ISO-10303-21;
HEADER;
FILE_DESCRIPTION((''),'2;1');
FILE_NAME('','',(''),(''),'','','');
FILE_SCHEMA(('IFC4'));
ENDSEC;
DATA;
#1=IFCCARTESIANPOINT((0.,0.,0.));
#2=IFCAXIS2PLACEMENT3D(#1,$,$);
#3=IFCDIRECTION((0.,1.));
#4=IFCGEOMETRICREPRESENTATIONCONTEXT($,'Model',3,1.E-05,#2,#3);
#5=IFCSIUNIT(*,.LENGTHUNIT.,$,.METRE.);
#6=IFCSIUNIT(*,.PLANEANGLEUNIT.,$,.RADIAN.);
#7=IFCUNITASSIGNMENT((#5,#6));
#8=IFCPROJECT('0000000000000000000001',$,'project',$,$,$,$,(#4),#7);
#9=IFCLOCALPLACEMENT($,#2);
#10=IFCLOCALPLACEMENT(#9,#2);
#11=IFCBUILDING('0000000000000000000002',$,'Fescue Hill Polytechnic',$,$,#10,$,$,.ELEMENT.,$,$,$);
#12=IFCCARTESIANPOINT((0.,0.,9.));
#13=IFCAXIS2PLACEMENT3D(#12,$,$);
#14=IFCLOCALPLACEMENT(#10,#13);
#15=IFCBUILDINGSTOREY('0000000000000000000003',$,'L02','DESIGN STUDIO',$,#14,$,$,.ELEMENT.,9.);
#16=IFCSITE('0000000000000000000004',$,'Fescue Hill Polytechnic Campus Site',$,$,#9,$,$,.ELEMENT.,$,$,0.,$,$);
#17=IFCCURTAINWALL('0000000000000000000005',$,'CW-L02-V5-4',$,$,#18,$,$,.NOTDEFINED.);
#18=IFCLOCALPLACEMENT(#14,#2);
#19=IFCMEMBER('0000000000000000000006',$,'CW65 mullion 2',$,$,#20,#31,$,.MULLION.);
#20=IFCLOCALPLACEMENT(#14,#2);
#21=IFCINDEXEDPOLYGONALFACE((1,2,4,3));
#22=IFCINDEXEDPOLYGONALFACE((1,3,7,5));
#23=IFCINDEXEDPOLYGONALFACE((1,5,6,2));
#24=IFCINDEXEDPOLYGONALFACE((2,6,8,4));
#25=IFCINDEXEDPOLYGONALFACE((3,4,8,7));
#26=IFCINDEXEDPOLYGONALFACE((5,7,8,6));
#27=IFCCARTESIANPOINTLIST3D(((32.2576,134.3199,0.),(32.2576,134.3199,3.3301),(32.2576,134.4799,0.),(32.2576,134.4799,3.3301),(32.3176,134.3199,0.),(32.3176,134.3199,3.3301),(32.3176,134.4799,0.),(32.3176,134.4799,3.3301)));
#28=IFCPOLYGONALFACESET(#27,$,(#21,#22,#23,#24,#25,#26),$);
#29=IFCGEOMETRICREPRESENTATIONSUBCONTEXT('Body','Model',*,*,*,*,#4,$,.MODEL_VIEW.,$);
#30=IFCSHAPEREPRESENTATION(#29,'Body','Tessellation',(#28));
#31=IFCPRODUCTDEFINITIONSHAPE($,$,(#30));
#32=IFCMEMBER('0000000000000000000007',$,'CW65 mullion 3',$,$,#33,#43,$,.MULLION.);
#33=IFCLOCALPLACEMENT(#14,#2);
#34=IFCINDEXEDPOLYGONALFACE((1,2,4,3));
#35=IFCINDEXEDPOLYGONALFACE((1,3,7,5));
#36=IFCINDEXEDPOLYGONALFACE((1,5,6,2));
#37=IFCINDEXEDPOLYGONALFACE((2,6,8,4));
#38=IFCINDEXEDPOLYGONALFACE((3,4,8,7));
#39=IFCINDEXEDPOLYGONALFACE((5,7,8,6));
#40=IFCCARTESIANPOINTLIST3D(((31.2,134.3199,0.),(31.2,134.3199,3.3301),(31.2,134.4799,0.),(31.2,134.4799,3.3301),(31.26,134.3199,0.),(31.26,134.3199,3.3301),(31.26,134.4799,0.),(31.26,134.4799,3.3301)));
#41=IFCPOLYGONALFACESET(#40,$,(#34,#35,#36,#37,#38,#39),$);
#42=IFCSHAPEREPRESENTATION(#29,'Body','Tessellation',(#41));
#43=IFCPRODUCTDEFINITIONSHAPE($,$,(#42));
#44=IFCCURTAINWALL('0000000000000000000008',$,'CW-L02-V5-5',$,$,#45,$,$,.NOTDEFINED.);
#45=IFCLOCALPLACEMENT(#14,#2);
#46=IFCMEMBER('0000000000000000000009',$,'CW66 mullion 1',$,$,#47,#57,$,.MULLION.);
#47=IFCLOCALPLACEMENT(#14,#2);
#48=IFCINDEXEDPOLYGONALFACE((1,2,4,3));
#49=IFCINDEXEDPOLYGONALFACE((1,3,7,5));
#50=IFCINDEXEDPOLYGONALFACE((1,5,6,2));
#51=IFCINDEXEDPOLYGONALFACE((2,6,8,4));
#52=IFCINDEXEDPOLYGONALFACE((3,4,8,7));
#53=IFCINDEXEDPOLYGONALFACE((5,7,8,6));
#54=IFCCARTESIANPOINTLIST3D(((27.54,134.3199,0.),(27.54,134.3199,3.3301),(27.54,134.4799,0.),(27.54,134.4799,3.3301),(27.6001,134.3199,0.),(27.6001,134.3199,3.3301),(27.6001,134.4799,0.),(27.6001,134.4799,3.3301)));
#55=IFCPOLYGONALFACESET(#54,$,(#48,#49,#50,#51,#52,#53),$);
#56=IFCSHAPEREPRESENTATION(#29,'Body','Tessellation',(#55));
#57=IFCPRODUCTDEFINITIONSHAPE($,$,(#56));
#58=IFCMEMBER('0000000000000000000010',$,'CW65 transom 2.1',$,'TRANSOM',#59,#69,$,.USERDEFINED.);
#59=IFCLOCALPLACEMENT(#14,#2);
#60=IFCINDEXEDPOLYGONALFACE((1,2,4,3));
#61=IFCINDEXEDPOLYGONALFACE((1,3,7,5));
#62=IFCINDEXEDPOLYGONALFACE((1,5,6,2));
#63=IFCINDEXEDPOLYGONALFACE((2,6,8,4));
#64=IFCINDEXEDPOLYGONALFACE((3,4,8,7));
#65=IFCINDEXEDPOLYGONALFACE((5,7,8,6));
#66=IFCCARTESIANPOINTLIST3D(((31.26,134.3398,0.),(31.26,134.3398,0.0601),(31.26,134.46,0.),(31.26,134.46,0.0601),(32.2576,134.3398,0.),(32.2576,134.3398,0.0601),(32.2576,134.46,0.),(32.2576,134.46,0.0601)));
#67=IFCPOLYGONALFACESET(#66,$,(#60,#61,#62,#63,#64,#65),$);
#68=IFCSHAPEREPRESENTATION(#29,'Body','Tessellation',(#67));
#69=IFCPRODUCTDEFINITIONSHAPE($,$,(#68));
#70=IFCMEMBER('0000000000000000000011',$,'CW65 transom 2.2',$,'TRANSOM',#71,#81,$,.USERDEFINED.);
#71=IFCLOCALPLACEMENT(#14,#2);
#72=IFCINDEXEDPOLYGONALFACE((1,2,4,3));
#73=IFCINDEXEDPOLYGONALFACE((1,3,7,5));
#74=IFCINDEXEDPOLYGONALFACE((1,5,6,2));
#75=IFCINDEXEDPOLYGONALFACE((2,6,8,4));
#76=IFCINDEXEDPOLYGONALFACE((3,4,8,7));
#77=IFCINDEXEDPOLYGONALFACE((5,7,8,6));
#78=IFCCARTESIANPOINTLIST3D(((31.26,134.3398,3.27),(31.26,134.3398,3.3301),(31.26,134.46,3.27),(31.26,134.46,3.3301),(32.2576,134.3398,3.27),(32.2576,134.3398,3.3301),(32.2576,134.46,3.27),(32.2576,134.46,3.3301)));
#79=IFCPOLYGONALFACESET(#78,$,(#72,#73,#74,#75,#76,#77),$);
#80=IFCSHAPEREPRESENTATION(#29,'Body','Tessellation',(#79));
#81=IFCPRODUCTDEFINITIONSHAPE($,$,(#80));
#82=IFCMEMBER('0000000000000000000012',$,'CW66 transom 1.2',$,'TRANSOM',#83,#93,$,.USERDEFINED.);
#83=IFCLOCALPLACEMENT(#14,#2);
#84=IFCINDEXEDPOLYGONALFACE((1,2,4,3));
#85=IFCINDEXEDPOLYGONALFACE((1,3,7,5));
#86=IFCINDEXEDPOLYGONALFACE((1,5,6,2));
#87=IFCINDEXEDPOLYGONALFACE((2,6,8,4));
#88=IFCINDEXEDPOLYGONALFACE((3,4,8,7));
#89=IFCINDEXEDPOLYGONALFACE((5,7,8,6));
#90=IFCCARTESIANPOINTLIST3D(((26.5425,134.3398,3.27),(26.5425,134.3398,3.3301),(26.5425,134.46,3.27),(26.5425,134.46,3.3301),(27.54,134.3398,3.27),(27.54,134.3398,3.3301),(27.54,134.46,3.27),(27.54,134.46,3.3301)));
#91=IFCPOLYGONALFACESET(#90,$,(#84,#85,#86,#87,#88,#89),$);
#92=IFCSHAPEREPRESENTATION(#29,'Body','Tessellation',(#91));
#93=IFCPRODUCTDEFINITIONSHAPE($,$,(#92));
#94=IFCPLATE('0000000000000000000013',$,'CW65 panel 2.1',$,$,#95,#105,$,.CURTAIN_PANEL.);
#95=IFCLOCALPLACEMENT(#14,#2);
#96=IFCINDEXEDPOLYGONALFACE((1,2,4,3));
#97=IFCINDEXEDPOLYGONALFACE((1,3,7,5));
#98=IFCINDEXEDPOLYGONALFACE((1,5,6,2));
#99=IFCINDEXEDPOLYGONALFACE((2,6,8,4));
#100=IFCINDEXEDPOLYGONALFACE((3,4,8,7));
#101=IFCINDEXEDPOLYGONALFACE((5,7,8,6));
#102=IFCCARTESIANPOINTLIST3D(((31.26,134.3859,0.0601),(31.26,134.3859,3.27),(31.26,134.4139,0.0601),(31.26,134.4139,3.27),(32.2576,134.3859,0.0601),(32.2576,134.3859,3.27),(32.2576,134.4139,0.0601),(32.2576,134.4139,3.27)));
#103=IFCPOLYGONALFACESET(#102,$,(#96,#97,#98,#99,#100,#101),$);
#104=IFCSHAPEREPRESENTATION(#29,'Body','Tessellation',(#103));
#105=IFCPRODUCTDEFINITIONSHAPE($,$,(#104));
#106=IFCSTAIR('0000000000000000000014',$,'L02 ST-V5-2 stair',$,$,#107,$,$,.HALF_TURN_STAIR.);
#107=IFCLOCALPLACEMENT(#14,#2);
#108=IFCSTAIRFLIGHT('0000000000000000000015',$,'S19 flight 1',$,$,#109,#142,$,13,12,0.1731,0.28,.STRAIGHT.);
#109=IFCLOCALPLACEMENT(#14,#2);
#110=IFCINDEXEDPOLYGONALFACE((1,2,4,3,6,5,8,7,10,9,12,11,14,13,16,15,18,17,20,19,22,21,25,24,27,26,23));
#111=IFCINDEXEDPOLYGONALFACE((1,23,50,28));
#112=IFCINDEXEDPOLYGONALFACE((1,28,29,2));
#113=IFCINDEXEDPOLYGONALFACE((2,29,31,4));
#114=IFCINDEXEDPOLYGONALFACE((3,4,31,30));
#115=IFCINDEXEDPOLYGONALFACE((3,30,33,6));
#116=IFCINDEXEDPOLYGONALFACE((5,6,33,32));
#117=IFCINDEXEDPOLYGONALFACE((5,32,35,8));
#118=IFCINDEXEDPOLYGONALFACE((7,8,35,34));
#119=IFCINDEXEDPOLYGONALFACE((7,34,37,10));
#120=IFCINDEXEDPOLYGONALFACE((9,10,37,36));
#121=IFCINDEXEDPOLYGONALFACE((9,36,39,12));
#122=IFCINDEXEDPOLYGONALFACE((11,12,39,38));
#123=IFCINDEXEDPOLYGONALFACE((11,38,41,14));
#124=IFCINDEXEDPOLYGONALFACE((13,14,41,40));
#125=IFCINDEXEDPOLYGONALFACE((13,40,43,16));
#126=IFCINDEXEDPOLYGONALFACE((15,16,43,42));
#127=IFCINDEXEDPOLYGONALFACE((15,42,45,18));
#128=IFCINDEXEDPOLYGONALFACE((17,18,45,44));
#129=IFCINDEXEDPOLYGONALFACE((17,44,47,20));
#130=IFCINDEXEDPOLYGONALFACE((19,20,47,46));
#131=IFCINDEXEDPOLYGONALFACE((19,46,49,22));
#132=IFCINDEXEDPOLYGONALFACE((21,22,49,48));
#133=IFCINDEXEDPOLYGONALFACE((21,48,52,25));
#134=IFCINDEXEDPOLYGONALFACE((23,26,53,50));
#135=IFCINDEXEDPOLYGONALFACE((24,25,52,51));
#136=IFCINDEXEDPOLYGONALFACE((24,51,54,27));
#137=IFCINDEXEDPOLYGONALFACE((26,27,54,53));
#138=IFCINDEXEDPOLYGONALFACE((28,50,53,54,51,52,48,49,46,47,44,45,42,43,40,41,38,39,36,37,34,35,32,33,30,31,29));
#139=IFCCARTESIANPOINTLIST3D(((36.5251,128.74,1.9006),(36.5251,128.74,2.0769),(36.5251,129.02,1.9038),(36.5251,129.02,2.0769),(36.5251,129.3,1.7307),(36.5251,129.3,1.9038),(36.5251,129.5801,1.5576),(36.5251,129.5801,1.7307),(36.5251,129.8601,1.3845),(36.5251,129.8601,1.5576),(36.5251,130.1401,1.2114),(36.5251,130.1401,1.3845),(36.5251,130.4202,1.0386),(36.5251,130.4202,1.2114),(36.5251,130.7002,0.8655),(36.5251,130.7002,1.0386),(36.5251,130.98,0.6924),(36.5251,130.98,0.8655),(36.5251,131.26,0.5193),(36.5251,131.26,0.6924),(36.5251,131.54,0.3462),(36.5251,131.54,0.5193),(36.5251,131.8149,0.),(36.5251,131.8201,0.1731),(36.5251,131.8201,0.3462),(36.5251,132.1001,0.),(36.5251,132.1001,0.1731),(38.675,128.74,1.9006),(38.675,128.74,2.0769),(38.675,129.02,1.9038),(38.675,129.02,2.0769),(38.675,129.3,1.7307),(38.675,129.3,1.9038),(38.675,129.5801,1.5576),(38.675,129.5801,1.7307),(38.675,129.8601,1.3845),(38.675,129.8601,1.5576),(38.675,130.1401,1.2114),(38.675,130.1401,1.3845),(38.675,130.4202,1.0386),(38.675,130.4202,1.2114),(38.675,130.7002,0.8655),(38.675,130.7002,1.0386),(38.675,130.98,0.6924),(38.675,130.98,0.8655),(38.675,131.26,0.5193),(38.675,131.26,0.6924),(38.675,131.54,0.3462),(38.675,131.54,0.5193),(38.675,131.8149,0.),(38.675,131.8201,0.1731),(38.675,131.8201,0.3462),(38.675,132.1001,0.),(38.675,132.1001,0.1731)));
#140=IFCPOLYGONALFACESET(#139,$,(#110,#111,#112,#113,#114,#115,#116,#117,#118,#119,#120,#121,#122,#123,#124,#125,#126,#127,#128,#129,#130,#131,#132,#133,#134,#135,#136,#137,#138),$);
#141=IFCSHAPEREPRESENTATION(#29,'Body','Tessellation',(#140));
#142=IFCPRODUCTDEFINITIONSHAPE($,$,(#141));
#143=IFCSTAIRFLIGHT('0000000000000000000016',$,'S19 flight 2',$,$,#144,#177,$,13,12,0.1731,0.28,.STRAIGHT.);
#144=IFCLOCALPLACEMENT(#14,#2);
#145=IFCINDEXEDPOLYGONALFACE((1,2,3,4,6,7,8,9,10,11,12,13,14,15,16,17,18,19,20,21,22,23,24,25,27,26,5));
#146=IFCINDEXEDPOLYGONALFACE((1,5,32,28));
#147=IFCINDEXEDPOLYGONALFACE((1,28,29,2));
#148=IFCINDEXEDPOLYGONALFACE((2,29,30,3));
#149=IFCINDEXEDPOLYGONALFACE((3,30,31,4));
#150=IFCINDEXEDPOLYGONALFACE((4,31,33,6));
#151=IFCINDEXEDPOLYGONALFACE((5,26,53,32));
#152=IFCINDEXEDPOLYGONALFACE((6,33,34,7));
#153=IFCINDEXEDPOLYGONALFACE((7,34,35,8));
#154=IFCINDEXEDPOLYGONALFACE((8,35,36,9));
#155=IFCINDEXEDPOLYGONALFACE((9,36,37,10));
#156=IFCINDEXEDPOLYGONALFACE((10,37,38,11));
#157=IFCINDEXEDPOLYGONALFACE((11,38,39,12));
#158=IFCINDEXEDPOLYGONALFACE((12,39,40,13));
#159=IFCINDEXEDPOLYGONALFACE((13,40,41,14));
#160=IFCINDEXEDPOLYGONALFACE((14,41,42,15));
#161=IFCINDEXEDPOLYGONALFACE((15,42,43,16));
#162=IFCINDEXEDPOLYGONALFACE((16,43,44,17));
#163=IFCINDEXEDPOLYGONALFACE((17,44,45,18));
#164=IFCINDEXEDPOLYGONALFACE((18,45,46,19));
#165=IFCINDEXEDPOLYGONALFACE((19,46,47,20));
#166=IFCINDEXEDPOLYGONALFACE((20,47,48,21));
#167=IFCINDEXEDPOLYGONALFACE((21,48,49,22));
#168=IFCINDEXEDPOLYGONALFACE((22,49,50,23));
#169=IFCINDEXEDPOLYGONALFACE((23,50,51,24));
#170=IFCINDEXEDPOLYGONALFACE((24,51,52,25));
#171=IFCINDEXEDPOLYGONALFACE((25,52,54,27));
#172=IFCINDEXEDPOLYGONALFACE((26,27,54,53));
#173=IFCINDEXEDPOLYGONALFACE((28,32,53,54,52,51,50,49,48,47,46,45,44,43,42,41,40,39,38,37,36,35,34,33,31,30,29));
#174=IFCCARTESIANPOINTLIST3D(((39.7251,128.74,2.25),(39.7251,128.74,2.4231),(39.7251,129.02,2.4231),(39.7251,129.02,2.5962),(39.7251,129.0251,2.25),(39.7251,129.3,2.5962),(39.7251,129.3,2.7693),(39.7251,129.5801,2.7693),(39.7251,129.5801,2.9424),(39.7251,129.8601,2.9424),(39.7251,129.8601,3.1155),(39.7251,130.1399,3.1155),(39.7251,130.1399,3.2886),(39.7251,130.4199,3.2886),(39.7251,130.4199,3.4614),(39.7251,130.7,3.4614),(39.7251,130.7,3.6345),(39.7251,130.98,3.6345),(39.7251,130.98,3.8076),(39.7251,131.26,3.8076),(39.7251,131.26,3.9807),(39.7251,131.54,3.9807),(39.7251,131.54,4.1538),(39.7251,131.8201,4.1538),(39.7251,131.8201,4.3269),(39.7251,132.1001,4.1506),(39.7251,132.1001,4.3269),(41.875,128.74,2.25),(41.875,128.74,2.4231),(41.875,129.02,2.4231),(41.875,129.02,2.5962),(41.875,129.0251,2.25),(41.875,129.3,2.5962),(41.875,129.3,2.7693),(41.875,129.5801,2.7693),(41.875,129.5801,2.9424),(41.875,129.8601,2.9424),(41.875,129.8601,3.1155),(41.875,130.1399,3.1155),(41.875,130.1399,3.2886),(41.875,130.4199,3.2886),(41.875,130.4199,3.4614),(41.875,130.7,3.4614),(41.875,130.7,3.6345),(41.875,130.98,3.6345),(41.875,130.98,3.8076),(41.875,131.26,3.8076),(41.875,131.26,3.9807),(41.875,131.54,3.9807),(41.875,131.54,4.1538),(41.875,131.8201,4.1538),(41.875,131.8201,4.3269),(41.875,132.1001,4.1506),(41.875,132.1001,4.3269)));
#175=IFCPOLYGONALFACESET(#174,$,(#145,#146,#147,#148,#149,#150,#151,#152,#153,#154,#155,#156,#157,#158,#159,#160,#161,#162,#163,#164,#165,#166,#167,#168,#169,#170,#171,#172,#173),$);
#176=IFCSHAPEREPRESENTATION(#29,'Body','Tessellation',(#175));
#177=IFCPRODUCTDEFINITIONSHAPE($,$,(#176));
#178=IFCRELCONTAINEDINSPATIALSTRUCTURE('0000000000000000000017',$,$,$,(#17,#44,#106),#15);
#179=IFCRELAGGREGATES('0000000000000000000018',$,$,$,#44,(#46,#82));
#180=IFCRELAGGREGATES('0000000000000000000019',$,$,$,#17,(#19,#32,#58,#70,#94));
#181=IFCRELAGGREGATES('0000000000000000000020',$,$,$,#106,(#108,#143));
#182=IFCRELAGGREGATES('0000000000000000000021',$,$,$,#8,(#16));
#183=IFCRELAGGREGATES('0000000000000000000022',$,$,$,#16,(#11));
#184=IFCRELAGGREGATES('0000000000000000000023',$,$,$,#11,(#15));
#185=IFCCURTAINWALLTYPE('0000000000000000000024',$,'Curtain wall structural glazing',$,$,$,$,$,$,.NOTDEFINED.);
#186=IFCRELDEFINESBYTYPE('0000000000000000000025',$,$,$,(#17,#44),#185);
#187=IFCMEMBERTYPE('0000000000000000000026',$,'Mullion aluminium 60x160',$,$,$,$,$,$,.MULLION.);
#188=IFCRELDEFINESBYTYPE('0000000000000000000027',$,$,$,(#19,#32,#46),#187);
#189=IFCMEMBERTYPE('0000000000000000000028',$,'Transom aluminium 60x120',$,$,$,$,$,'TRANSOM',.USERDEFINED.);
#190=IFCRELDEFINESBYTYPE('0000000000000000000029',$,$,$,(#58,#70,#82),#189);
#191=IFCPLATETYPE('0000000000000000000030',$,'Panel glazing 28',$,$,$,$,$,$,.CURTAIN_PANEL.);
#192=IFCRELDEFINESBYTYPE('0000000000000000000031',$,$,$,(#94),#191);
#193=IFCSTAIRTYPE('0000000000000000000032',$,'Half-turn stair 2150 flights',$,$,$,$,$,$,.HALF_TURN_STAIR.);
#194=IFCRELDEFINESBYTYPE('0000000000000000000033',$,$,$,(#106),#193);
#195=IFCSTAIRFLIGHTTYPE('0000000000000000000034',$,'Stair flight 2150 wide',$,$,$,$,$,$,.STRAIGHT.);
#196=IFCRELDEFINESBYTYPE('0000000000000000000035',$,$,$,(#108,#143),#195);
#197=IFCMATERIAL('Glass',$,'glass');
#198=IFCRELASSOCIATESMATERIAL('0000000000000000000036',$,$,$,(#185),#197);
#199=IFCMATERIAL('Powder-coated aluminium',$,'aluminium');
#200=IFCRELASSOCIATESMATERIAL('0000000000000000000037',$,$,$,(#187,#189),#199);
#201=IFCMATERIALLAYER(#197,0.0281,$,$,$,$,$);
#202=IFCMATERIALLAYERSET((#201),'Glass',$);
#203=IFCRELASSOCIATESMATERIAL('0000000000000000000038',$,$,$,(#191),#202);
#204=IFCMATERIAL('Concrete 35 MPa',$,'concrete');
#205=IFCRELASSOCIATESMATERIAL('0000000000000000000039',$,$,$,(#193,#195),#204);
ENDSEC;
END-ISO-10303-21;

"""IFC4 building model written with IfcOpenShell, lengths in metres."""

from ifc_helpers import new_model, si_unit, direction, frame, origin, origin_2d, place, context, subcontext, project, spatial, polyline, rectangle, outline, extrude, material, layer, layer_set, material_profile, profile_set, type_object, element, aggregate, save


model = new_model("IFC4")

# Units and contexts
model_context = context("Model", 3, precision=1e-05, world=origin(), true_north=direction((0.0, 1.0)))
body_context = subcontext(model_context, "Body", "Model", "MODEL_VIEW")
ifc_project = project(units=[si_unit("LENGTHUNIT", "METRE"), si_unit("PLANEANGLEUNIT", "RADIAN")], contexts=[model_context])

# Site, building, storey
site_placement = place(None, origin())
site = spatial("IfcSite", under=ifc_project, at=site_placement, Name="Fescue Hill Polytechnic Campus Site", CompositionType="ELEMENT", RefElevation=0.0)
building_placement = place(site_placement, origin())
building = spatial("IfcBuilding", under=site, at=building_placement, Name="Fescue Hill Polytechnic", CompositionType="ELEMENT")
storey_placement = place(building_placement, frame((0.0, 0.0, 9.0)))
storey = spatial("IfcBuildingStorey", under=building, at=storey_placement, Name="L02", Description="DESIGN STUDIO", CompositionType="ELEMENT", Elevation=9.0)

# Curtain wall, members
ifc_material_1 = material(Name="Glass", Category="glass")
curtain_wall_type = type_object("IfcCurtainWallType", Name="Curtain wall structural glazing", PredefinedType="NOTDEFINED", material=ifc_material_1)
curtain_wall_1_placement = place(storey_placement, origin())
curtain_wall_1 = element("IfcCurtainWall", 1, at=curtain_wall_1_placement, inside=storey, type_object=curtain_wall_type, Name="CW-L02-V5-4", PredefinedType="NOTDEFINED")
ifc_material_2 = material(Name="Powder-coated aluminium", Category="aluminium")
ifc_material_profile_1 = material_profile(ifc_material_2, rectangle(XDim=0.1599, YDim=0.0601, at=origin_2d()), Name="Mullion aluminium 60x160")
ifc_profile_set_1 = profile_set([ifc_material_profile_1], Name="Powder-coated aluminium")
member_type_1 = type_object("IfcMemberType", Name="Mullion aluminium 60x160", PredefinedType="MULLION", material=ifc_profile_set_1)
member_1_placement = place(storey_placement, frame((32.2876, 134.3999, 0.0), z_axis=(0.0, 0.0, 1.0), x_axis=(0.0, -1.0, 0.0)))
member_1 = element("IfcMember", 2, at=member_1_placement, type_object=member_type_1, Name="CW65 mullion 2", PredefinedType="MULLION", context=body_context, shape_type="SweptSolid", body=[
    extrude(rectangle(XDim=0.1599, YDim=0.0601, at=origin_2d()), origin(), (0.0, 0.0, 1.0), 3.3301),
])
member_2_placement = place(storey_placement, frame((31.23, 134.3999, 0.0), z_axis=(0.0, 0.0, 1.0), x_axis=(0.0, -1.0, 0.0)))
member_2 = element("IfcMember", 3, at=member_2_placement, type_object=member_type_1, Name="CW65 mullion 3", PredefinedType="MULLION", context=body_context, shape_type="SweptSolid", body=[
    extrude(rectangle(XDim=0.1599, YDim=0.0601, at=origin_2d()), origin(), (0.0, 0.0, 1.0), 3.3301),
])

# Curtain wall, member
curtain_wall_2_placement = place(storey_placement, origin())
curtain_wall_2 = element("IfcCurtainWall", 4, at=curtain_wall_2_placement, inside=storey, type_object=curtain_wall_type, Name="CW-L02-V5-5", PredefinedType="NOTDEFINED")
member_3_placement = place(storey_placement, frame((27.5701, 134.3999, 0.0), z_axis=(0.0, 0.0, 1.0), x_axis=(0.0, -1.0, 0.0)))
member_3 = element("IfcMember", 5, at=member_3_placement, type_object=member_type_1, Name="CW66 mullion 1", PredefinedType="MULLION", context=body_context, shape_type="SweptSolid", body=[
    extrude(rectangle(XDim=0.1599, YDim=0.0601, at=origin_2d()), origin(), (0.0, 0.0, 1.0), 3.3301),
])

# Members
ifc_material_profile_2 = material_profile(ifc_material_2, rectangle(XDim=0.1201, YDim=0.0601, at=origin_2d()), Name="Transom aluminium 60x120")
ifc_profile_set_2 = profile_set([ifc_material_profile_2], Name="Powder-coated aluminium")
member_type_2 = type_object("IfcMemberType", Name="Transom aluminium 60x120", ElementType="TRANSOM", PredefinedType="USERDEFINED", material=ifc_profile_set_2)
member_4_placement = place(storey_placement, frame((32.2576, 134.3999, 0.03), z_axis=(-1.0, 0.0, 0.0), x_axis=(0.0, -1.0, 0.0)))
member_4 = element("IfcMember", 6, at=member_4_placement, type_object=member_type_2, Name="CW65 transom 2.1", ObjectType="TRANSOM", PredefinedType="USERDEFINED", context=body_context, shape_type="SweptSolid", body=[
    extrude(rectangle(XDim=0.1201, YDim=0.0601, at=origin_2d()), origin(), (0.0, 0.0, 1.0), 0.9976),
])
member_5_placement = place(storey_placement, frame((32.2576, 134.3999, 3.3), z_axis=(-1.0, 0.0, 0.0), x_axis=(0.0, -1.0, 0.0)))
member_5 = element("IfcMember", 7, at=member_5_placement, type_object=member_type_2, Name="CW65 transom 2.2", ObjectType="TRANSOM", PredefinedType="USERDEFINED", context=body_context, shape_type="SweptSolid", body=[
    extrude(rectangle(XDim=0.1201, YDim=0.0601, at=origin_2d()), origin(), (0.0, 0.0, 1.0), 0.9976),
])
member_6_placement = place(storey_placement, frame((27.54, 134.3999, 3.3), z_axis=(-1.0, 0.0, 0.0), x_axis=(0.0, -1.0, 0.0)))
member_6 = element("IfcMember", 8, at=member_6_placement, type_object=member_type_2, Name="CW66 transom 1.2", ObjectType="TRANSOM", PredefinedType="USERDEFINED", context=body_context, shape_type="SweptSolid", body=[
    extrude(rectangle(XDim=0.1201, YDim=0.0601, at=origin_2d()), origin(), (0.0, 0.0, 1.0), 0.9976),
])
aggregate(curtain_wall_2, [member_3, member_6])

# Plate
ifc_layer_1 = layer(ifc_material_1, 0.0281)
ifc_layer_set_1 = layer_set([ifc_layer_1], Name="Glass")
plate_type = type_object("IfcPlateType", Name="Panel glazing 28", PredefinedType="CURTAIN_PANEL", material=ifc_layer_set_1)
plate_placement = place(storey_placement, frame((31.7588, 134.3999, 0.0601), z_axis=(0.0, 0.0, 1.0), x_axis=(-1.0, 0.0, 0.0)))
plate = element("IfcPlate", 9, at=plate_placement, type_object=plate_type, Name="CW65 panel 2.1", PredefinedType="CURTAIN_PANEL", context=body_context, shape_type="SweptSolid", body=[
    extrude(rectangle(XDim=0.9976, YDim=0.0281, at=origin_2d()), origin(), (0.0, 0.0, 1.0), 3.21),
])
aggregate(curtain_wall_1, [member_1, member_2, member_4, member_5, plate])

# Stair, stair flights
ifc_material_3 = material(Name="Concrete 35 MPa", Category="concrete")
stair_type = type_object("IfcStairType", Name="Half-turn stair 2150 flights", PredefinedType="HALF_TURN_STAIR", material=ifc_material_3)
stair_placement = place(storey_placement, origin())
stair = element("IfcStair", 10, at=stair_placement, inside=storey, type_object=stair_type, Name="L02 ST-V5-2 stair", PredefinedType="HALF_TURN_STAIR")
stair_flight_type = type_object("IfcStairFlightType", Name="Stair flight 2150 wide", PredefinedType="STRAIGHT", material=ifc_material_3)
stair_flight_1_placement = place(storey_placement, frame((37.6001, 132.1001, 0.0), z_axis=(0.0, 0.0, 1.0), x_axis=(0.0, -1.0, 0.0)))
stair_flight_1 = element("IfcStairFlight", 11, at=stair_flight_1_placement, type_object=stair_flight_type, Name="S19 flight 1", NumberOfRisers=13, NumberOfTreads=12, PredefinedType="STRAIGHT", RiserHeight=0.1731, TreadLength=0.28, context=body_context, shape_type="SweptSolid", body=[
    extrude(outline(polyline([(0.0, 0.0), (0.0, 0.1731), (0.28, 0.1731), (0.28, 0.3462), (0.5601, 0.3462), (0.5601, 0.5193), (0.8401, 0.5193), (0.8401, 0.6924), (1.1201, 0.6924), (1.1201, 0.8655), (1.3999, 0.8655), (1.3999, 1.0386), (1.6799, 1.0386), (1.6799, 1.2114), (1.96, 1.2114), (1.96, 1.3845), (2.24, 1.3845), (2.24, 1.5576), (2.52, 1.5576), (2.52, 1.7307), (2.8, 1.7307), (2.8, 1.9038), (3.0801, 1.9038), (3.0801, 2.0769), (3.3601, 2.0769), (3.3601, 2.25), (3.3601, 1.9006), (0.2852, 0.0), (0.0, 0.0)])), frame((0.0, 1.075, 0.0), z_axis=(0.0, -1.0, 0.0), x_axis=(1.0, 0.0, 0.0)), (0.0, 0.0, 1.0), 2.1499),
])
stair_flight_2_placement = place(storey_placement, frame((40.8, 128.74, 2.25), z_axis=(0.0, 0.0, 1.0), x_axis=(0.0, 1.0, 0.0)))
stair_flight_2 = element("IfcStairFlight", 12, at=stair_flight_2_placement, type_object=stair_flight_type, Name="S19 flight 2", NumberOfRisers=13, NumberOfTreads=12, PredefinedType="STRAIGHT", RiserHeight=0.1731, TreadLength=0.28, context=body_context, shape_type="SweptSolid", body=[
    extrude(outline(polyline([(0.0, 0.0), (0.0, 0.1731), (0.28, 0.1731), (0.28, 0.3462), (0.5601, 0.3462), (0.5601, 0.5193), (0.8401, 0.5193), (0.8401, 0.6924), (1.1201, 0.6924), (1.1201, 0.8655), (1.3999, 0.8655), (1.3999, 1.0386), (1.6799, 1.0386), (1.6799, 1.2114), (1.96, 1.2114), (1.96, 1.3845), (2.24, 1.3845), (2.24, 1.5576), (2.52, 1.5576), (2.52, 1.7307), (2.8, 1.7307), (2.8, 1.9038), (3.0801, 1.9038), (3.0801, 2.0769), (3.3601, 2.0769), (3.3601, 2.25), (3.3601, 1.9006), (0.2852, 0.0), (0.0, 0.0)])), frame((0.0, 1.075, 0.0), z_axis=(0.0, -1.0, 0.0), x_axis=(1.0, 0.0, 0.0)), (0.0, 0.0, 1.0), 2.1499),
])
aggregate(stair, [stair_flight_1, stair_flight_2])

save(model, "model.ifc")
